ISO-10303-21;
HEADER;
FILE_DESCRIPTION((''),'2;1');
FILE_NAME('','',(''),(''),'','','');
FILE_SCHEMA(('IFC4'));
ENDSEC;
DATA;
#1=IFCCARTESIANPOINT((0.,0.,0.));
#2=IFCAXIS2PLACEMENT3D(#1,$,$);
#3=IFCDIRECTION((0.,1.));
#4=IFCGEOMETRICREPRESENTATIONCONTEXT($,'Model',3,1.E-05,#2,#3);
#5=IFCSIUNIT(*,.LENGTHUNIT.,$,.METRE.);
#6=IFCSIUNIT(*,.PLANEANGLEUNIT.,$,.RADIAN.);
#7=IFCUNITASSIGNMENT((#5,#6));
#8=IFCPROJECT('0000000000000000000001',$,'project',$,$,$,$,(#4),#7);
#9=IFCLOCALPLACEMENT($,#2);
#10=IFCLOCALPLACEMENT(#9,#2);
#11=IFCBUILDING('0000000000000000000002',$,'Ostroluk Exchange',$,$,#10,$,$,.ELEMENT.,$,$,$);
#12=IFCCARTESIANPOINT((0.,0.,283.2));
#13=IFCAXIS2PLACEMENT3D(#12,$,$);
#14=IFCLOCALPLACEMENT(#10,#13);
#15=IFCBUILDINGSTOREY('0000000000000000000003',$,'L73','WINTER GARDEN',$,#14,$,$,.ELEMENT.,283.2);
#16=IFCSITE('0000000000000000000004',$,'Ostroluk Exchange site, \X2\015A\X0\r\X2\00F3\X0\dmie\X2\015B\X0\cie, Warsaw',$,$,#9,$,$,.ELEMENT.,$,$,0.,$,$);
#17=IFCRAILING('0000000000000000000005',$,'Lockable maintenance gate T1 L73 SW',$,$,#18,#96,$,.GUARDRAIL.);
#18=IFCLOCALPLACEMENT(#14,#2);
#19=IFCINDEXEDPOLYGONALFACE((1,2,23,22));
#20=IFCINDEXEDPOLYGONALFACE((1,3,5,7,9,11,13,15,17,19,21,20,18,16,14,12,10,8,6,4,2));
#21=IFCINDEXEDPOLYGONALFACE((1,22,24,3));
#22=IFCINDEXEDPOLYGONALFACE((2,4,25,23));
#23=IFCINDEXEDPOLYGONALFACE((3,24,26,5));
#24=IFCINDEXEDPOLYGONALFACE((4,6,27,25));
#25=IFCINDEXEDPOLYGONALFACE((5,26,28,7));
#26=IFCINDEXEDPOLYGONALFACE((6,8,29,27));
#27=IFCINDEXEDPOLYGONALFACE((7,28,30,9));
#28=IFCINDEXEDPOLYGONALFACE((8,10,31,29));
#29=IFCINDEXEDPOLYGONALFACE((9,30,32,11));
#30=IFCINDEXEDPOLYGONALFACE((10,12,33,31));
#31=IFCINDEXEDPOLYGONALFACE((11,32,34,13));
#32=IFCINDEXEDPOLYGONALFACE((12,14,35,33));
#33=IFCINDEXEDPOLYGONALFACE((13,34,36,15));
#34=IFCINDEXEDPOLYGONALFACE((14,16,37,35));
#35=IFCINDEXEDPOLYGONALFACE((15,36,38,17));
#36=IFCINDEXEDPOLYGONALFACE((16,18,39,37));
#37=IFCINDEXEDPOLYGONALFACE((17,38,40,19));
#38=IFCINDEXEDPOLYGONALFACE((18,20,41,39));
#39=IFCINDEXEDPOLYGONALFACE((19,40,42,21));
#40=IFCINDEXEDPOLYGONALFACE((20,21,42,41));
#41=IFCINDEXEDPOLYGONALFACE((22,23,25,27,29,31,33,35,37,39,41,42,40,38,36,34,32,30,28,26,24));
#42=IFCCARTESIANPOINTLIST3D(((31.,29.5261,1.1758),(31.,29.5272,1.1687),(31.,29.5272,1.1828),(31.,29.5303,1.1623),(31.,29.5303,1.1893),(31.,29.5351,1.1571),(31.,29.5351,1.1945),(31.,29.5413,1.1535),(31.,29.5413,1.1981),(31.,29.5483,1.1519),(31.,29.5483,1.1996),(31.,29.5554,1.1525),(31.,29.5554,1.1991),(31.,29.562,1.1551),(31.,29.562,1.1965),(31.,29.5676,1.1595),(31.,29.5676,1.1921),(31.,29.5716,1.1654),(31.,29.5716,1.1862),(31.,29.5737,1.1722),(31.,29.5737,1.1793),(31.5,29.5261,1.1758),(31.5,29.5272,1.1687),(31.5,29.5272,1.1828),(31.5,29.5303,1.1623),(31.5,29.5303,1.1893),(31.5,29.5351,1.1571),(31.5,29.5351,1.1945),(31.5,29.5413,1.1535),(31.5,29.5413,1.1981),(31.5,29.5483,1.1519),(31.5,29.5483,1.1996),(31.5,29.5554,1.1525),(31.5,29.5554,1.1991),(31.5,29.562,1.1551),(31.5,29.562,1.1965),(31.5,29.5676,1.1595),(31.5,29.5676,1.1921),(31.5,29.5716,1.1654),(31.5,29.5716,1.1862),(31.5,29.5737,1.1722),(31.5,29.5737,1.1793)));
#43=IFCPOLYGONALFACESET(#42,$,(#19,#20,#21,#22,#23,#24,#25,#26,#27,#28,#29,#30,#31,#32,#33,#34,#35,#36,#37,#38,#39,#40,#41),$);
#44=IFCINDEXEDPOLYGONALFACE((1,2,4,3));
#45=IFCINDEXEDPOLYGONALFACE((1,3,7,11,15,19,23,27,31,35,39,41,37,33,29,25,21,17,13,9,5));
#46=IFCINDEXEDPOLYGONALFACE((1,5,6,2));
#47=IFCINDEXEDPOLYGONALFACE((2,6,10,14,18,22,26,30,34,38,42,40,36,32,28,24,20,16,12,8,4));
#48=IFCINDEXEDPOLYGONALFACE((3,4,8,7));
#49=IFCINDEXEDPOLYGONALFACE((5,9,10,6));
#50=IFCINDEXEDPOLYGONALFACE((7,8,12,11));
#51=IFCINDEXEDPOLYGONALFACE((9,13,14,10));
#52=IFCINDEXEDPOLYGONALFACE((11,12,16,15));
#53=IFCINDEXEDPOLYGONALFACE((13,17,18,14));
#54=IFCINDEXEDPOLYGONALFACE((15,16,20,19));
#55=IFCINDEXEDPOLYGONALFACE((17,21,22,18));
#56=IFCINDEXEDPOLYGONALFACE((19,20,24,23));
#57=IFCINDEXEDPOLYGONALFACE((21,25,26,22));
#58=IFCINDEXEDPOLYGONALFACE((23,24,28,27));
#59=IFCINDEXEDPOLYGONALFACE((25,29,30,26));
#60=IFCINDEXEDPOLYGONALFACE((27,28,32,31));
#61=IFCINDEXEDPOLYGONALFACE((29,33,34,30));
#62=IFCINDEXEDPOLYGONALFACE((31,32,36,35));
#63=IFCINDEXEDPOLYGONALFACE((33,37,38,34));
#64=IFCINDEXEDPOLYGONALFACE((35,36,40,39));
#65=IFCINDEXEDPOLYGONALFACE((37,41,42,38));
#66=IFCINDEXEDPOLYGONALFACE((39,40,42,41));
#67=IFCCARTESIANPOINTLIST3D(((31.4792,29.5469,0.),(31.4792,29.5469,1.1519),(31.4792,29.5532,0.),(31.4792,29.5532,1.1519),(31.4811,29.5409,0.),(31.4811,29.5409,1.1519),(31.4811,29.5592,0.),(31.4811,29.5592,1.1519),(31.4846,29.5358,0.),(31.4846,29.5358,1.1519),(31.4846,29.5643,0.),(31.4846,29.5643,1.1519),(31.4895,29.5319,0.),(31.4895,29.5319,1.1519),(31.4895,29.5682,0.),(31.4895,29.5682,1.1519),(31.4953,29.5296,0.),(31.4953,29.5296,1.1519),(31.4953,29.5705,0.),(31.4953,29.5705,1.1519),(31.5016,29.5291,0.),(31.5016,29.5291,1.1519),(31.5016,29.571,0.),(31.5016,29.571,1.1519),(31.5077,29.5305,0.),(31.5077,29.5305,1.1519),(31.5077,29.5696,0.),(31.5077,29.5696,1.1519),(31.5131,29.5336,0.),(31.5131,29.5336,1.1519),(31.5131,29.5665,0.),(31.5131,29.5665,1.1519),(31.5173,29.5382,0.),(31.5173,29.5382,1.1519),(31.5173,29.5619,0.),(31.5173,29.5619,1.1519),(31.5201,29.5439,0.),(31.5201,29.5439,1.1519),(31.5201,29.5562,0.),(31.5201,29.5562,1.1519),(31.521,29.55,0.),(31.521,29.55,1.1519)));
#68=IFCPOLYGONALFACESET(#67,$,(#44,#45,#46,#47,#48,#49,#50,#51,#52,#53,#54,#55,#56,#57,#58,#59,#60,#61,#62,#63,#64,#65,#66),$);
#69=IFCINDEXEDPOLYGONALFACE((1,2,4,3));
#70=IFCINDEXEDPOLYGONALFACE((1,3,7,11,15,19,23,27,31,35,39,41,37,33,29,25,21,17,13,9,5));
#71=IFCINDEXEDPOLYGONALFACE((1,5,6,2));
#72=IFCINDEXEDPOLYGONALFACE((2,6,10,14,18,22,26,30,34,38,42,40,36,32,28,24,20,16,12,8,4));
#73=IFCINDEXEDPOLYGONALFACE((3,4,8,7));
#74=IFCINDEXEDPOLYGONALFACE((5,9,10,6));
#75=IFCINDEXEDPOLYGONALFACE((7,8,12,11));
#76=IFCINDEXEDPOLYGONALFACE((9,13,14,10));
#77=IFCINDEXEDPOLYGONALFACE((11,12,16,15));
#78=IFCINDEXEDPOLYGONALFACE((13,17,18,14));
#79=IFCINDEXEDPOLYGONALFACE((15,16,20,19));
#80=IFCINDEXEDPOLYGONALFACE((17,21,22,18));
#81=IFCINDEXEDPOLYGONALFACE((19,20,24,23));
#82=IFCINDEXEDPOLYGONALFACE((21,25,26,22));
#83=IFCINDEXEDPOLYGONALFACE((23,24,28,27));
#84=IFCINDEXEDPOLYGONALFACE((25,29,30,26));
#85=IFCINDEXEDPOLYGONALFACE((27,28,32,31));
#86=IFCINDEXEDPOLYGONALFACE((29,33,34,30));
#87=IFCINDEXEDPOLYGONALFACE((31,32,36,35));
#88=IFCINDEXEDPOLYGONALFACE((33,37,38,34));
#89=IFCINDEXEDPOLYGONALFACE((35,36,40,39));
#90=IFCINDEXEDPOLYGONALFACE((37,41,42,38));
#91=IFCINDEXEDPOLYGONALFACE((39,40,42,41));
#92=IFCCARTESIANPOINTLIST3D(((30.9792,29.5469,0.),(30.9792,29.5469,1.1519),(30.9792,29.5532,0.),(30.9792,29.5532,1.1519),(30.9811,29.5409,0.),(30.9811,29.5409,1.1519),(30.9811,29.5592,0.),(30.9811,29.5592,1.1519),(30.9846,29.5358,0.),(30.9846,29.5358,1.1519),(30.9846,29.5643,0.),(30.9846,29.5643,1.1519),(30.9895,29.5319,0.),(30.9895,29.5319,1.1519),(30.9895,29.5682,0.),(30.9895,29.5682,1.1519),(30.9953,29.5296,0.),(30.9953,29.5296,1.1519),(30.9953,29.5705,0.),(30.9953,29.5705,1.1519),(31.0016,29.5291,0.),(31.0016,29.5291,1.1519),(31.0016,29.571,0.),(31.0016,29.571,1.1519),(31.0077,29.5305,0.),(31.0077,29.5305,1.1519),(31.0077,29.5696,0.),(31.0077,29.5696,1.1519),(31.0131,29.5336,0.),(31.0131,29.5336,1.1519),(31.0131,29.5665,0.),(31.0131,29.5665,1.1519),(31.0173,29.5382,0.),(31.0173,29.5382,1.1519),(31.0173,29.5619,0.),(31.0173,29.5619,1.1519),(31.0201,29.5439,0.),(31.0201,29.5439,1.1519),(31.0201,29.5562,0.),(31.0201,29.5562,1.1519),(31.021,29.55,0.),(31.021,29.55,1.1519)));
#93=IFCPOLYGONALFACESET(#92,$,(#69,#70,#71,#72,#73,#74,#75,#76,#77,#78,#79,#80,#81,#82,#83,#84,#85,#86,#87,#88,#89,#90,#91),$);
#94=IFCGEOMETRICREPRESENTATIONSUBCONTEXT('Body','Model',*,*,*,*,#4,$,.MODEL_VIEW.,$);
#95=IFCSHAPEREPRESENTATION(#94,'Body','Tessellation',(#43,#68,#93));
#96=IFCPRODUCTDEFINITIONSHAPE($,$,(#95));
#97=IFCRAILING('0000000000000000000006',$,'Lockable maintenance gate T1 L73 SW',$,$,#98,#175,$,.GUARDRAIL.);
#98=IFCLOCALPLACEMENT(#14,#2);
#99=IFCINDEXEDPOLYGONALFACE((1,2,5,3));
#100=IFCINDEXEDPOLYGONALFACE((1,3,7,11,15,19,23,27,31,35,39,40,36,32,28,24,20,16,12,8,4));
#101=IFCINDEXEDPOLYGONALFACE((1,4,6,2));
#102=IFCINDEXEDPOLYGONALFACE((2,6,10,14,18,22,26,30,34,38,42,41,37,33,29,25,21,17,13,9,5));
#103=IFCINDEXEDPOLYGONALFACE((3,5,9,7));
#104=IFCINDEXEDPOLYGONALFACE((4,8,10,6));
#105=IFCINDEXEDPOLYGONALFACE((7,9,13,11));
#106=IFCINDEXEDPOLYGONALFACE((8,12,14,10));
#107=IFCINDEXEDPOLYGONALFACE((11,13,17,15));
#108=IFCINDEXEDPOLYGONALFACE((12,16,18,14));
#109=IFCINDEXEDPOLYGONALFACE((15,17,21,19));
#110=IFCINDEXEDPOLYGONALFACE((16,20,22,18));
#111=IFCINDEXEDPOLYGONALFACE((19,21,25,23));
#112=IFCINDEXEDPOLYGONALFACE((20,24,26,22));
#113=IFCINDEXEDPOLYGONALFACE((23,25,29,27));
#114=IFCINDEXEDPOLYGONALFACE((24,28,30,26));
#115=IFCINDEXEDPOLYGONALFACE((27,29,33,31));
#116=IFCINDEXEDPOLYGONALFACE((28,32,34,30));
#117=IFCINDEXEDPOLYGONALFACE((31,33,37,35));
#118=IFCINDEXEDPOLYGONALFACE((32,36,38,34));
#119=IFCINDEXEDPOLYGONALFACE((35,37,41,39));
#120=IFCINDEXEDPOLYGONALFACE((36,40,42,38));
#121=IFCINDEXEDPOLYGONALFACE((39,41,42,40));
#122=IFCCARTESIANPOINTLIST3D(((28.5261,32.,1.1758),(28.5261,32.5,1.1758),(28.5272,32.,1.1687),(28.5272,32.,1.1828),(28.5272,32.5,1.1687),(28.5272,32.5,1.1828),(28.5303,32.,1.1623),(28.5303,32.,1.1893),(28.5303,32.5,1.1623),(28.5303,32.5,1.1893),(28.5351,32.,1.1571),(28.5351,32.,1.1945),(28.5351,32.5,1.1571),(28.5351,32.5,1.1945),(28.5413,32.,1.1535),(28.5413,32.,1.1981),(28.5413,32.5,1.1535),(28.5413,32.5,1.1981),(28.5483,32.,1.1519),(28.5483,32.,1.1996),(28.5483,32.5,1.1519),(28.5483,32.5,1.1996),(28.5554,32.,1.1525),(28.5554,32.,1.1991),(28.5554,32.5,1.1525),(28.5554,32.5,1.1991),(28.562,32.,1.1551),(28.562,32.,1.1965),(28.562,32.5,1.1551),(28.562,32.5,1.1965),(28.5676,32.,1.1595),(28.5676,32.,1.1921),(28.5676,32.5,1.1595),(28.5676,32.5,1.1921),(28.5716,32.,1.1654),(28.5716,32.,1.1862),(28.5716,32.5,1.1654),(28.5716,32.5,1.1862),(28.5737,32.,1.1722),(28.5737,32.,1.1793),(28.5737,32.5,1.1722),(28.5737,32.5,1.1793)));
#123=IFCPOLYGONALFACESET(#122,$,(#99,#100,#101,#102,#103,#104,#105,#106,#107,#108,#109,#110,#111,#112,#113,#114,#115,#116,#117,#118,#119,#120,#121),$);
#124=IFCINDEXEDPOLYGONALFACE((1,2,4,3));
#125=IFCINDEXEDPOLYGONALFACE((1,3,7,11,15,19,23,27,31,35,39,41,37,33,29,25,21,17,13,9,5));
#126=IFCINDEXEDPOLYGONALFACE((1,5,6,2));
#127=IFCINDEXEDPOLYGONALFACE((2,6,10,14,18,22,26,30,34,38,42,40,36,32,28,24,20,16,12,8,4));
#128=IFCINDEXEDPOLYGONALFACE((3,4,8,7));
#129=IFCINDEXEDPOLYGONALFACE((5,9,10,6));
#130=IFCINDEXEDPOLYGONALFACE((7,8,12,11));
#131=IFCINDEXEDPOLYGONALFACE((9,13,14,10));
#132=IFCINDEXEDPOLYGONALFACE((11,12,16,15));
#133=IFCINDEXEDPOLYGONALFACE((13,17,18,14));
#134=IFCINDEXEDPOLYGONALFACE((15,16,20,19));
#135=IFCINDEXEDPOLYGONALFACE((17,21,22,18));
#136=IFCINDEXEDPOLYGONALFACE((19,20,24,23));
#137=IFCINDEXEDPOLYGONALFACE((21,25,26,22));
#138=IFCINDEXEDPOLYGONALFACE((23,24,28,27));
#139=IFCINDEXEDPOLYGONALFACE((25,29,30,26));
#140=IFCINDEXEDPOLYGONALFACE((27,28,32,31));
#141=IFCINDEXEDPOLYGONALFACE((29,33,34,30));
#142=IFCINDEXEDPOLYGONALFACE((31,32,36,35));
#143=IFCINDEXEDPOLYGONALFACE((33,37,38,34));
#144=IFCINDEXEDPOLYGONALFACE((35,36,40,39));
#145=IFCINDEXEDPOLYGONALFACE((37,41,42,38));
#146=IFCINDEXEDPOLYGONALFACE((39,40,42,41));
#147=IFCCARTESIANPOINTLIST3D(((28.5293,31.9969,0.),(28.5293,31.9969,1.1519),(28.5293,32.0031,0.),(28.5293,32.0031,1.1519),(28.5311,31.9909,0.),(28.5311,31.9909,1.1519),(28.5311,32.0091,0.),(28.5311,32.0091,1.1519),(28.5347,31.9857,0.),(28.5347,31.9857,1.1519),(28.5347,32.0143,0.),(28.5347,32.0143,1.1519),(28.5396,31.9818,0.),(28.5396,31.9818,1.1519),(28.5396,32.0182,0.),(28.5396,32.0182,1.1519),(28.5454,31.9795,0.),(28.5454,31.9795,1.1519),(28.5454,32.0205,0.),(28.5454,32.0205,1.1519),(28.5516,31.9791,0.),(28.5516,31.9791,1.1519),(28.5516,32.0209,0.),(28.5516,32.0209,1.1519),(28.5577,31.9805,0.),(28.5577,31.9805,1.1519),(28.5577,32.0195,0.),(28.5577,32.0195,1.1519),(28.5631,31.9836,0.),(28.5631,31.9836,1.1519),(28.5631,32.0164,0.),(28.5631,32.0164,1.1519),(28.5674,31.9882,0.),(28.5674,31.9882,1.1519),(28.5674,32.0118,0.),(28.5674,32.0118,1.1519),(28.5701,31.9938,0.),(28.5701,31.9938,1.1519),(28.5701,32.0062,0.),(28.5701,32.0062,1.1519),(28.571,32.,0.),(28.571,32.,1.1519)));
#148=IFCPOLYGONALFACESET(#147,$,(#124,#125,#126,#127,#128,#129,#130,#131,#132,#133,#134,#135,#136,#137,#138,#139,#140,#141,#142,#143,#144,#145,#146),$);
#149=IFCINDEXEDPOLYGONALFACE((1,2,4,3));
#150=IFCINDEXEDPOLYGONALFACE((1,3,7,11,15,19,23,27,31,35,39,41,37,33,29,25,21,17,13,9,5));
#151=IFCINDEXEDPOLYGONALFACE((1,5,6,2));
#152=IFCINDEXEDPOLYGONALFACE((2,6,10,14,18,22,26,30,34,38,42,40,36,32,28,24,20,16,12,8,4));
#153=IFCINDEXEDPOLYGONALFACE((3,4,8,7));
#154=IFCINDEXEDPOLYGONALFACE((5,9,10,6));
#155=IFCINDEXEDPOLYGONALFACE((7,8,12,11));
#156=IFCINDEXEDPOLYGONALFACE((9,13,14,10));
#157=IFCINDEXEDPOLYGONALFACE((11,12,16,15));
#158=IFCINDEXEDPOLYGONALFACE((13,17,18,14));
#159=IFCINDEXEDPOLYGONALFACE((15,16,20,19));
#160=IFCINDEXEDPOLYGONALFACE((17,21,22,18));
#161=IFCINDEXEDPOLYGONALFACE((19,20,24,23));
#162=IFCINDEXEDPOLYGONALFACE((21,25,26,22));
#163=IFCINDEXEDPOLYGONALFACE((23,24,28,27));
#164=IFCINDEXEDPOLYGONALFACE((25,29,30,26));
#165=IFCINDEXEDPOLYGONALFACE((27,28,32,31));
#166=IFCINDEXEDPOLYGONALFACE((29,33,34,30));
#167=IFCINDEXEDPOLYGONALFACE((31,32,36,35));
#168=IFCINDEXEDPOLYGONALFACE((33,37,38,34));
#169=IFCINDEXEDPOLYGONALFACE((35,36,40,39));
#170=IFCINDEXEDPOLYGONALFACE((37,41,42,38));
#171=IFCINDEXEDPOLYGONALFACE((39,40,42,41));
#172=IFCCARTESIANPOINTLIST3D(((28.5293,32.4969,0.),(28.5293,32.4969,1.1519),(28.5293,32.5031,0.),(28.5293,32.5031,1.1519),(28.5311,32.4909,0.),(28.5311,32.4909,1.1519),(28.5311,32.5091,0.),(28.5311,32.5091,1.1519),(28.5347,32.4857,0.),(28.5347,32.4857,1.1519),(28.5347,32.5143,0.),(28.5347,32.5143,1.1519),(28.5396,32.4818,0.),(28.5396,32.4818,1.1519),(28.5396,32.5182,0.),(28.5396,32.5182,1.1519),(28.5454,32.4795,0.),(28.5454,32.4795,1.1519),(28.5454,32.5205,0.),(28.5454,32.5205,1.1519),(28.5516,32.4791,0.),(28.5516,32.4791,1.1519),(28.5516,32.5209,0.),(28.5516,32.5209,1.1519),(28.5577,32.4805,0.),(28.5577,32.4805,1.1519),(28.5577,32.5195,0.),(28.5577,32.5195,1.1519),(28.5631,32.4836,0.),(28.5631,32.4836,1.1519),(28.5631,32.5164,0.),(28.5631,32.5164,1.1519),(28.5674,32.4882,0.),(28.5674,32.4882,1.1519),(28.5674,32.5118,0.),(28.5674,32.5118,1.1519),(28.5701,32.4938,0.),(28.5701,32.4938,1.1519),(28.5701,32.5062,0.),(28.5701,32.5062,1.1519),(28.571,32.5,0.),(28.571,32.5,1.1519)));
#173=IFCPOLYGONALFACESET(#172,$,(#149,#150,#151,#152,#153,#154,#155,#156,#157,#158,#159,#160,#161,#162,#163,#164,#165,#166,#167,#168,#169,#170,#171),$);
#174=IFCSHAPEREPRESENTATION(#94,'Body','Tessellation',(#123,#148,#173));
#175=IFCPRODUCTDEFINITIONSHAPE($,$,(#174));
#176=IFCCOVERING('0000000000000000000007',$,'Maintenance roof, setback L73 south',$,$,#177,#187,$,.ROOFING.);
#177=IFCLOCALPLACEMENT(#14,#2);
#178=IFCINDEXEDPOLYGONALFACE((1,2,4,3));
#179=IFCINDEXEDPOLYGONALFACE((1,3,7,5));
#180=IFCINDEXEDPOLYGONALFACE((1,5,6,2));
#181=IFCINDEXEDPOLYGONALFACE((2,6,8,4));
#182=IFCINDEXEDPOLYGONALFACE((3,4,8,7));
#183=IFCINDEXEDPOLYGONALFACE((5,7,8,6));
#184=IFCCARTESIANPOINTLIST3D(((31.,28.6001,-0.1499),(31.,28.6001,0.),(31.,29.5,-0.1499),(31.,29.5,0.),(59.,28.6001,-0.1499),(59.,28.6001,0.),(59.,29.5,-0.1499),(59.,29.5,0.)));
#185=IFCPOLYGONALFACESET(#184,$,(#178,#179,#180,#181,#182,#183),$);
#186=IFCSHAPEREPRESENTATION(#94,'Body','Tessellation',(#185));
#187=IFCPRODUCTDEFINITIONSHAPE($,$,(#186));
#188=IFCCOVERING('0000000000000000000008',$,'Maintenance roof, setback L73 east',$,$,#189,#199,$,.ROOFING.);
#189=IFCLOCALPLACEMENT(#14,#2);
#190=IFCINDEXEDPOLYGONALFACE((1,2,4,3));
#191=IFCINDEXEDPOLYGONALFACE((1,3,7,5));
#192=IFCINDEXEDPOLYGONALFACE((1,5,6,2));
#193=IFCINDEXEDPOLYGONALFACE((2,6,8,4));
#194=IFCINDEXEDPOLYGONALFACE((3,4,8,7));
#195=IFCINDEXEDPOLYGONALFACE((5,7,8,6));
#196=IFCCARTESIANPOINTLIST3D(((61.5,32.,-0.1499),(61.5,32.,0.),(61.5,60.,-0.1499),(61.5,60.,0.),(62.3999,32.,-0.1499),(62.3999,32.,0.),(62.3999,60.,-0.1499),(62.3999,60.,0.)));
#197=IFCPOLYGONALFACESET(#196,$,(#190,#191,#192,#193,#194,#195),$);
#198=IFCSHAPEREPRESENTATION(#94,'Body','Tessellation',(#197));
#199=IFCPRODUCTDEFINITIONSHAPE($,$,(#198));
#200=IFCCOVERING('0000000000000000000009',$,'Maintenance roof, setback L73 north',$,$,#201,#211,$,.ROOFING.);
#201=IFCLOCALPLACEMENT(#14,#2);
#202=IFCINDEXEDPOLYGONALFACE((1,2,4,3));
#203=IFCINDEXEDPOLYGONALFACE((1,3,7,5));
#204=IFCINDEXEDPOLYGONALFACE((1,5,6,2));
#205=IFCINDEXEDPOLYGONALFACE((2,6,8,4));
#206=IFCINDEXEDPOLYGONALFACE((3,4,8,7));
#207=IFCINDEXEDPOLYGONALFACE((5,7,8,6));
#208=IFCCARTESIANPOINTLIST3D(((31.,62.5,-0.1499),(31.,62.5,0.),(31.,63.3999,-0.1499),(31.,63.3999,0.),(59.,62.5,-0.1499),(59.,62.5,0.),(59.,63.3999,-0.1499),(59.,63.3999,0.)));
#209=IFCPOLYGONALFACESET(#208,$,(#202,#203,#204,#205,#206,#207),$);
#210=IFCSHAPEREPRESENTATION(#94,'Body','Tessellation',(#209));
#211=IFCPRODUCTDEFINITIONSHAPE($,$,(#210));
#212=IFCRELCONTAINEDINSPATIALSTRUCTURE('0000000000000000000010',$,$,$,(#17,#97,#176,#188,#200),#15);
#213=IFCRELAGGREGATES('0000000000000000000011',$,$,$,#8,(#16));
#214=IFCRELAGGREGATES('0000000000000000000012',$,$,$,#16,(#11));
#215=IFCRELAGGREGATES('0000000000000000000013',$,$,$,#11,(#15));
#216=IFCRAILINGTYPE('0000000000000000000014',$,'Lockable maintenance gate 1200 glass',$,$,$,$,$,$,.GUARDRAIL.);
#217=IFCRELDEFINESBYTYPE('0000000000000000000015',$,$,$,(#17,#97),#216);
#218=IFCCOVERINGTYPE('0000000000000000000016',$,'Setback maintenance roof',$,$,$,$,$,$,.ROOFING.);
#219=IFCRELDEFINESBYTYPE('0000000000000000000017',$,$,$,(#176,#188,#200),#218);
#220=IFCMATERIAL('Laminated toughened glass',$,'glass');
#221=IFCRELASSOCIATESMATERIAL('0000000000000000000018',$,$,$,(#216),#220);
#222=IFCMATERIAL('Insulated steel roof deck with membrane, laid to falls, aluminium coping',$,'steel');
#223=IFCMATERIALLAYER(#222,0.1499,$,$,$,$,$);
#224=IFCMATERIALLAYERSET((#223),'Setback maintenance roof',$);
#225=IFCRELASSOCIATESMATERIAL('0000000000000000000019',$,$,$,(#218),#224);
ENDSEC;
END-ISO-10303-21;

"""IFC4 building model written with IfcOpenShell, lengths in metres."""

from ifc_helpers import new_model, si_unit, direction, frame, origin, origin_2d, place, context, subcontext, project, spatial, polyline, circle, outline, extrude, material, layer, layer_set, type_object, element, save


model = new_model("IFC4")

# Units and contexts
model_context = context("Model", 3, precision=1e-05, world=origin(), true_north=direction((0.0, 1.0)))
body_context = subcontext(model_context, "Body", "Model", "MODEL_VIEW")
ifc_project = project(units=[si_unit("LENGTHUNIT", "METRE"), si_unit("PLANEANGLEUNIT", "RADIAN")], contexts=[model_context])

# Site, building, storey
site_placement = place(None, origin())
site = spatial("IfcSite", under=ifc_project, at=site_placement, Name="Ostroluk Exchange site, Śródmieście, Warsaw", CompositionType="ELEMENT", RefElevation=0.0)
building_placement = place(site_placement, origin())
building = spatial("IfcBuilding", under=site, at=building_placement, Name="Ostroluk Exchange", CompositionType="ELEMENT")
storey_placement = place(building_placement, frame((0.0, 0.0, 283.2)))
storey = spatial("IfcBuildingStorey", under=building, at=storey_placement, Name="L73", Description="WINTER GARDEN", CompositionType="ELEMENT", Elevation=283.2)

# Railings
ifc_material_1 = material(Name="Laminated toughened glass", Category="glass")
railing_type_1 = type_object("IfcRailingType", Name="Lockable maintenance gate 1200 glass", PredefinedType="GUARDRAIL", material=ifc_material_1)
railing_1_placement = place(storey_placement, frame((31.5, 29.55, 0.0)))
element("IfcRailing", 1, at=railing_1_placement, inside=storey, type_object=railing_type_1, Name="Lockable maintenance gate T1 L73 SW", PredefinedType="GUARDRAIL", context=body_context, shape_type="SweptSolid", body=[
    extrude(circle(Radius=0.0239, at=origin_2d()), frame((0.0, 0.0, 1.1758), z_axis=(-1.0, 0.0, 0.0), x_axis=(0.0, -1.0, 0.0)), (0.0, 0.0, 1.0), 0.5),
    extrude(circle(Radius=0.021, at=origin_2d()), origin(), (0.0, 0.0, 1.0), 1.1519),
    extrude(circle(Radius=0.021, at=origin_2d()), frame((-0.5, 0.0, 0.0)), (0.0, 0.0, 1.0), 1.1519),
])
railing_2_placement = place(storey_placement, frame((28.55, 32.0, 0.0)))
element("IfcRailing", 2, at=railing_2_placement, inside=storey, type_object=railing_type_1, Name="Lockable maintenance gate T1 L73 SW", PredefinedType="GUARDRAIL", context=body_context, shape_type="SweptSolid", body=[
    extrude(circle(Radius=0.0239, at=origin_2d()), frame((0.0, 0.0, 1.1758), z_axis=(0.0, 1.0, 0.0), x_axis=(-1.0, 0.0, 0.0)), (0.0, 0.0, 1.0), 0.5),
    extrude(circle(Radius=0.021, at=origin_2d()), origin(), (0.0, 0.0, 1.0), 1.1519),
    extrude(circle(Radius=0.021, at=origin_2d()), frame((0.0, 0.5, 0.0)), (0.0, 0.0, 1.0), 1.1519),
])

# Coverings
ifc_material_2 = material(Name="Insulated steel roof deck with membrane, laid to falls, aluminium coping", Category="steel")
ifc_layer_1 = layer(ifc_material_2, 0.1499)
ifc_layer_set_1 = layer_set([ifc_layer_1], Name="Setback maintenance roof")
covering_type = type_object("IfcCoveringType", Name="Setback maintenance roof", PredefinedType="ROOFING", material=ifc_layer_set_1)
covering_1_placement = place(storey_placement, frame((0.0, 0.0, -0.1499)))
element("IfcCovering", 3, at=covering_1_placement, inside=storey, type_object=covering_type, Name="Maintenance roof, setback L73 south", PredefinedType="ROOFING", context=body_context, shape_type="SweptSolid", body=[
    extrude(outline(polyline([(31.0, 29.5), (59.0, 29.5), (59.0, 28.6001), (31.0, 28.6001), (31.0, 29.5)])), origin(), (0.0, 0.0, 1.0), 0.1499),
])
covering_2_placement = place(storey_placement, frame((0.0, 0.0, -0.1499)))
element("IfcCovering", 4, at=covering_2_placement, inside=storey, type_object=covering_type, Name="Maintenance roof, setback L73 east", PredefinedType="ROOFING", context=body_context, shape_type="SweptSolid", body=[
    extrude(outline(polyline([(61.5, 60.0), (62.3999, 60.0), (62.3999, 32.0), (61.5, 32.0), (61.5, 60.0)])), origin(), (0.0, 0.0, 1.0), 0.1499),
])
covering_3_placement = place(storey_placement, frame((0.0, 0.0, -0.1499)))
element("IfcCovering", 5, at=covering_3_placement, inside=storey, type_object=covering_type, Name="Maintenance roof, setback L73 north", PredefinedType="ROOFING", context=body_context, shape_type="SweptSolid", body=[
    extrude(outline(polyline([(31.0, 63.3999), (59.0, 63.3999), (59.0, 62.5), (31.0, 62.5), (31.0, 63.3999)])), origin(), (0.0, 0.0, 1.0), 0.1499),
])

save(model, "model.ifc")
